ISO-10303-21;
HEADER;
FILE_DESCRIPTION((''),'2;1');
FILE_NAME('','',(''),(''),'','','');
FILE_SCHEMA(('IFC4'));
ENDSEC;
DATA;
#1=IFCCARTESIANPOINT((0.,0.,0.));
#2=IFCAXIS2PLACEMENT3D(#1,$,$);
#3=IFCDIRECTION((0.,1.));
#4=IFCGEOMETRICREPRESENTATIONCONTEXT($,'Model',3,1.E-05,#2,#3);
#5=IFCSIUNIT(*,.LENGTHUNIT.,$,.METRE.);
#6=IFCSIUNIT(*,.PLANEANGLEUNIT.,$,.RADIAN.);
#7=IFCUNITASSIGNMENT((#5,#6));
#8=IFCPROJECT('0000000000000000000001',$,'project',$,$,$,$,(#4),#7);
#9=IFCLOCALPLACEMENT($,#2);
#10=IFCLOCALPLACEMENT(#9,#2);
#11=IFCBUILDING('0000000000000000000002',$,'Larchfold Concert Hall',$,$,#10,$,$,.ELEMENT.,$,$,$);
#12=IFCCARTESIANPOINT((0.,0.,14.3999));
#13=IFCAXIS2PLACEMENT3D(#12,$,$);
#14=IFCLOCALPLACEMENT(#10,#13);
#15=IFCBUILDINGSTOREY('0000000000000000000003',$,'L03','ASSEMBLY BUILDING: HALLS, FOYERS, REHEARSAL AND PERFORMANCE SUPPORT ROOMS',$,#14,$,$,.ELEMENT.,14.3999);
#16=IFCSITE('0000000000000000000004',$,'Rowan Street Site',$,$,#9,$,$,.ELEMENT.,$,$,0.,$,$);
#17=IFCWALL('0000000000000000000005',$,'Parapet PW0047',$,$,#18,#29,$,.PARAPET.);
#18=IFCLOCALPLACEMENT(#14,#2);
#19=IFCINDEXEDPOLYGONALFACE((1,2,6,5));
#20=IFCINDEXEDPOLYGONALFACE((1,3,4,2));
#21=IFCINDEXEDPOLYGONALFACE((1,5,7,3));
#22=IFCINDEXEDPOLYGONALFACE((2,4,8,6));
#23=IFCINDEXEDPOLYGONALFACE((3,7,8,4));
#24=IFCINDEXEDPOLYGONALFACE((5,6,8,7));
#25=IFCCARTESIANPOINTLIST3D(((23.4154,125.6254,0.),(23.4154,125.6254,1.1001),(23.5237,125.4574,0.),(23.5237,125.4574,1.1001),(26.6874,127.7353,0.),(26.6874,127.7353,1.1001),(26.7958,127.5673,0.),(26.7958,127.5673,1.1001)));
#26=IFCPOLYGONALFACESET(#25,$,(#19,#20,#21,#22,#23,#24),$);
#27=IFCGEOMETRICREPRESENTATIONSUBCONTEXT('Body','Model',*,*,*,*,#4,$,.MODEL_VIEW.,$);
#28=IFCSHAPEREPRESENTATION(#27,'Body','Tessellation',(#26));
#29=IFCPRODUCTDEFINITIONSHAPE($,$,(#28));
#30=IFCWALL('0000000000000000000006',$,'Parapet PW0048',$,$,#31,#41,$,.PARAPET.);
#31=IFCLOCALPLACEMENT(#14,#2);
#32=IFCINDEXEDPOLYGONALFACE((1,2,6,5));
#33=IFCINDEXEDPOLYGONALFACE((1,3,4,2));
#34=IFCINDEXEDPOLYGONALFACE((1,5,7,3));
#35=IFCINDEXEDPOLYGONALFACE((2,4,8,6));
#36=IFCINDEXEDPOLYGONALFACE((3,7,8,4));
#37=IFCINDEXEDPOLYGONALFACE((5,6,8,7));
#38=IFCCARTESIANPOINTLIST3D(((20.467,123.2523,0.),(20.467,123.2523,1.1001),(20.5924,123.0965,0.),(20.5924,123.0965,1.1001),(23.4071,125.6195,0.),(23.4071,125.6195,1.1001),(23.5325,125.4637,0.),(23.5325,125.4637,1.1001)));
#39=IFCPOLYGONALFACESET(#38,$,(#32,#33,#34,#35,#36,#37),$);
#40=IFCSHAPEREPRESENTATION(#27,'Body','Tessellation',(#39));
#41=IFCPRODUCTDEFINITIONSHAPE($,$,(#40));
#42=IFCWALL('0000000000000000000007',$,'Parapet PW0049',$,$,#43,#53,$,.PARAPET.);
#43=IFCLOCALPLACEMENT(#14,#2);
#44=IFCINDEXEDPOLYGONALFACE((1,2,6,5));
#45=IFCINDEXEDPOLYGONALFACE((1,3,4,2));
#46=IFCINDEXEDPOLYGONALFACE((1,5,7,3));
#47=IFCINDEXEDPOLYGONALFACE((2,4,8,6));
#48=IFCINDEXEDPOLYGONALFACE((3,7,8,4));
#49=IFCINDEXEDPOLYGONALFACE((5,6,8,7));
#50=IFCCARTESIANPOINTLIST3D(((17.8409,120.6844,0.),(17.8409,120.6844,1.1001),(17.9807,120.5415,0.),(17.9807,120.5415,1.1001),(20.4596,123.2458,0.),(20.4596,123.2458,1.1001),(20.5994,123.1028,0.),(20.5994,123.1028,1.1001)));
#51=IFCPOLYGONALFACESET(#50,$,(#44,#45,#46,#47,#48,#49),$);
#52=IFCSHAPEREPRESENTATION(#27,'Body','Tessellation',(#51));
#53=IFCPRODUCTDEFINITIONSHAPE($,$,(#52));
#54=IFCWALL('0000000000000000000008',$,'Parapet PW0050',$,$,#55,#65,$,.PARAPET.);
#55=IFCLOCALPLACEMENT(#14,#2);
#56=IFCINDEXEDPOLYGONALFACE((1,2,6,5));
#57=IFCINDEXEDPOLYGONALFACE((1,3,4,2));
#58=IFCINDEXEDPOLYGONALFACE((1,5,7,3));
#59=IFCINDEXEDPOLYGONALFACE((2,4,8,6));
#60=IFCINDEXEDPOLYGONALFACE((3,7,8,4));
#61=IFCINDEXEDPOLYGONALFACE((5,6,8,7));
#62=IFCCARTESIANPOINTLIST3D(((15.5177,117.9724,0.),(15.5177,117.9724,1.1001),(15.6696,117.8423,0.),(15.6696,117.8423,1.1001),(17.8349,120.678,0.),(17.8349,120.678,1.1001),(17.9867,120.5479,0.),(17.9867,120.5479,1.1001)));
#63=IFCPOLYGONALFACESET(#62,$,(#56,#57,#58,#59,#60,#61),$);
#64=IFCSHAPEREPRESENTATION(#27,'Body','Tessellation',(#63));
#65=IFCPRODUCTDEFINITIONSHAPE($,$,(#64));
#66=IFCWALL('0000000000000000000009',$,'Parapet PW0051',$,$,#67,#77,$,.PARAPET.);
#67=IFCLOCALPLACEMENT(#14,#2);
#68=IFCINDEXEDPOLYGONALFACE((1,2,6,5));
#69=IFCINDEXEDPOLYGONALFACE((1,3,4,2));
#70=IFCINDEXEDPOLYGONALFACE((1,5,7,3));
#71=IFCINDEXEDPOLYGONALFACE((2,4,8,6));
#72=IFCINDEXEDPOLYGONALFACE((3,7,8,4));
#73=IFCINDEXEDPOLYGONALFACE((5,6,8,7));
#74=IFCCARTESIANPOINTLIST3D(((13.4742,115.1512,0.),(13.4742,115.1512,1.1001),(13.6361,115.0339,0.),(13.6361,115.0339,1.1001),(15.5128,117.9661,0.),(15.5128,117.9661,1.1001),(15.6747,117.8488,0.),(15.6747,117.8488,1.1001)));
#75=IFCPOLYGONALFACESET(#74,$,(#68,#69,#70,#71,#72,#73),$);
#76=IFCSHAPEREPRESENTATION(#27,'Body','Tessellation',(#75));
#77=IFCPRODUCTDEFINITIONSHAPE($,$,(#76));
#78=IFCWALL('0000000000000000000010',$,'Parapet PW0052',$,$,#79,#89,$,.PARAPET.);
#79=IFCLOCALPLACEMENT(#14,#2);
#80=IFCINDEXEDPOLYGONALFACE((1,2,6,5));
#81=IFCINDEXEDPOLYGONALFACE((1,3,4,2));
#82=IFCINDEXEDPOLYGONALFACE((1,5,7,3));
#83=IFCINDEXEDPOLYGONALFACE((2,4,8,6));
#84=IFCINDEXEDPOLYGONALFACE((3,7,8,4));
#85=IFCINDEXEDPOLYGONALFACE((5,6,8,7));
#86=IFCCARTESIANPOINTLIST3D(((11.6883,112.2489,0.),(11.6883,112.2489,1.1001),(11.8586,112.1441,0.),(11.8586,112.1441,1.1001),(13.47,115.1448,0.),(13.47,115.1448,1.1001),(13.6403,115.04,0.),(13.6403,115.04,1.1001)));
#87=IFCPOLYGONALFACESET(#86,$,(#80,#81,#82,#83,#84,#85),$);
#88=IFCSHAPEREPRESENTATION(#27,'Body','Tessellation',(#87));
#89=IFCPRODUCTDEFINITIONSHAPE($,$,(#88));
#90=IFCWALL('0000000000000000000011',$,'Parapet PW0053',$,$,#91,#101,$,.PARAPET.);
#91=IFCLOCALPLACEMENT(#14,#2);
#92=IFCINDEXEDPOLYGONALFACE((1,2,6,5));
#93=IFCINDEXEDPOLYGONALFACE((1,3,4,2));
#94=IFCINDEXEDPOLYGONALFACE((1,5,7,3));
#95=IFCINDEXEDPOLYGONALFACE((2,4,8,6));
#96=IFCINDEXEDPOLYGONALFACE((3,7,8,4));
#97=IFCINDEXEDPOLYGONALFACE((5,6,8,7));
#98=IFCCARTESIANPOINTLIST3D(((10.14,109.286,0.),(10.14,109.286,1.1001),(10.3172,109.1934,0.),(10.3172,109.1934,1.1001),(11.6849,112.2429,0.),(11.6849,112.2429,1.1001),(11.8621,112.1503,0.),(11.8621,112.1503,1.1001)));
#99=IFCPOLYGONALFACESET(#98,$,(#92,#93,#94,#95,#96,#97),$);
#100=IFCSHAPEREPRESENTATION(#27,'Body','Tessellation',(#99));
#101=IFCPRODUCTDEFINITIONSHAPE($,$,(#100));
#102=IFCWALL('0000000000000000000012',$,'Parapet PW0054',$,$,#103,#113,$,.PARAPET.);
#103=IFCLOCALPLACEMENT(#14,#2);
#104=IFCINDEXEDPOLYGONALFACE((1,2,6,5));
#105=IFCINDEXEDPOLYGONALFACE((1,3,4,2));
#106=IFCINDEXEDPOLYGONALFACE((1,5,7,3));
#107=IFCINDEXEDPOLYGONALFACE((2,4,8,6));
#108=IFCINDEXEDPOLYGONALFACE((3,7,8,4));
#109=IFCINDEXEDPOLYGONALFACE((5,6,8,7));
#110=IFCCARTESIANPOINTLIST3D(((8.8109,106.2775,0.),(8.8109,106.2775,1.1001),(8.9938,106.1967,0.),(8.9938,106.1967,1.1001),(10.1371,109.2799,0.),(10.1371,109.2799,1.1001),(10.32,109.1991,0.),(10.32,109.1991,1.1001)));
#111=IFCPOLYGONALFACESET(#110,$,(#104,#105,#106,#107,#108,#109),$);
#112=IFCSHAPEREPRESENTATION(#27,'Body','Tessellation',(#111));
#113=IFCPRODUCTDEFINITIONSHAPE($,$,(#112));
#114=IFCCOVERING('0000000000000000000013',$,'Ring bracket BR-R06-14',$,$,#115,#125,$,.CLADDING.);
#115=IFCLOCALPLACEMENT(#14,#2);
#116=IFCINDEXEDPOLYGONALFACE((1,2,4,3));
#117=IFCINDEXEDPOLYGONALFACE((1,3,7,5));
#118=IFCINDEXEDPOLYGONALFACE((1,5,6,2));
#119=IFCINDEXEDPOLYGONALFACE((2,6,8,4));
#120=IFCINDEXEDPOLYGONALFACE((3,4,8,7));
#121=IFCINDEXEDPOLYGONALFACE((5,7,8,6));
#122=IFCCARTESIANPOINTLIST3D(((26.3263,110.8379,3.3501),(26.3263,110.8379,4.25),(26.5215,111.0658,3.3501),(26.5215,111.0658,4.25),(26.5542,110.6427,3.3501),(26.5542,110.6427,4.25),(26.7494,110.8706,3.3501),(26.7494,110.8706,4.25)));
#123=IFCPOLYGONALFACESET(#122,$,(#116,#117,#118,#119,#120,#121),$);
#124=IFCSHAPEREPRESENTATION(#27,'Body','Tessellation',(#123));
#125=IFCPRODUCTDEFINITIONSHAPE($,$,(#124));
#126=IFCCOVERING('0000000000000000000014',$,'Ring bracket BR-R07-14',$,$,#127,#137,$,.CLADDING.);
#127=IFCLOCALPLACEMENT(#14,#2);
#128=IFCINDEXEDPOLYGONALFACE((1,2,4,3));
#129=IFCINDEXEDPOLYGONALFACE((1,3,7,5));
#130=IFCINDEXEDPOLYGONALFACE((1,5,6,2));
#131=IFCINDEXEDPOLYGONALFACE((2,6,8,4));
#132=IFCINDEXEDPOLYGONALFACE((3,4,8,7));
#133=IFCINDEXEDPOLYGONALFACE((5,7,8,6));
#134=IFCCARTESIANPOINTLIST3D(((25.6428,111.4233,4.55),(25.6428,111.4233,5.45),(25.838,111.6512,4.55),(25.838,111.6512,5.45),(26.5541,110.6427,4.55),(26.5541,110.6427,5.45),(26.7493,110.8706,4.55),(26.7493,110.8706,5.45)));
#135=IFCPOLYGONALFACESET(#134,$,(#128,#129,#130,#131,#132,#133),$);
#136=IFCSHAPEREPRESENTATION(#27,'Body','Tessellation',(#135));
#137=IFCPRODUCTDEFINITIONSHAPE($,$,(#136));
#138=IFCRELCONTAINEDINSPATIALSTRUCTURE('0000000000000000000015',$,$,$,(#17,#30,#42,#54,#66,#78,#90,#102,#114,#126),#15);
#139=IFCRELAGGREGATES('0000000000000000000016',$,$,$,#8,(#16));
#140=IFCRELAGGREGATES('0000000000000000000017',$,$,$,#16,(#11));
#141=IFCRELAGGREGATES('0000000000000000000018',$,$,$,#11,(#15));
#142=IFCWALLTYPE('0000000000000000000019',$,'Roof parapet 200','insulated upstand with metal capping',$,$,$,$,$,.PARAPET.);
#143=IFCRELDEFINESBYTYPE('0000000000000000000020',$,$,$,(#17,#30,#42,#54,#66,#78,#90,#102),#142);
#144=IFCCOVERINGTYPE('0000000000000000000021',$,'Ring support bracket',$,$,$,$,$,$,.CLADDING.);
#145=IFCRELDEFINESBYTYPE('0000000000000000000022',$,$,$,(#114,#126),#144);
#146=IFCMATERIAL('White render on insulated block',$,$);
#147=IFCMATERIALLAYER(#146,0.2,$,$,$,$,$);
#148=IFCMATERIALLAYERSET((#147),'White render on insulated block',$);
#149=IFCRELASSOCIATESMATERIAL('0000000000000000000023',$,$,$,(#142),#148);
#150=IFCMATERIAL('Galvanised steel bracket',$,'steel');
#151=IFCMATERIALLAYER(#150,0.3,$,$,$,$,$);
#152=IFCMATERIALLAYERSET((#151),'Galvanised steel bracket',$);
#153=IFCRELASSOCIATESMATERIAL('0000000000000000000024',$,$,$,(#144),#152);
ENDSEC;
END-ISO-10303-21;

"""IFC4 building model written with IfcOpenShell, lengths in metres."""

from ifc_helpers import new_model, si_unit, direction, frame, frame_2d, origin, origin_2d, place, context, subcontext, project, spatial, rectangle, extrude, material, layer, layer_set, type_object, element, save


model = new_model("IFC4")

# Units and contexts
model_context = context("Model", 3, precision=1e-05, world=origin(), true_north=direction((0.0, 1.0)))
body_context = subcontext(model_context, "Body", "Model", "MODEL_VIEW")
ifc_project = project(units=[si_unit("LENGTHUNIT", "METRE"), si_unit("PLANEANGLEUNIT", "RADIAN")], contexts=[model_context])

# Site, building, storey
site_placement = place(None, origin())
site = spatial("IfcSite", under=ifc_project, at=site_placement, Name="Rowan Street Site", CompositionType="ELEMENT", RefElevation=0.0)
building_placement = place(site_placement, origin())
building = spatial("IfcBuilding", under=site, at=building_placement, Name="Larchfold Concert Hall", CompositionType="ELEMENT")
storey_placement = place(building_placement, frame((0.0, 0.0, 14.3999)))
storey = spatial("IfcBuildingStorey", under=building, at=storey_placement, Name="L03", Description="ASSEMBLY BUILDING: HALLS, FOYERS, REHEARSAL AND PERFORMANCE SUPPORT ROOMS", CompositionType="ELEMENT", Elevation=14.3999)

# Walls
ifc_material_1 = material(Name="White render on insulated block")
ifc_layer_1 = layer(ifc_material_1, 0.2)
ifc_layer_set_1 = layer_set([ifc_layer_1], Name="White render on insulated block")
wall_type_1 = type_object("IfcWallType", Name="Roof parapet 200", Description="insulated upstand with metal capping", PredefinedType="PARAPET", material=ifc_layer_set_1)
wall_1_placement = place(storey_placement, frame((26.7417, 127.6514, 0.0), z_axis=(0.0, 0.0, 1.0), x_axis=(-0.840424, -0.54193, 0.0)))
element("IfcWall", 1, at=wall_1_placement, inside=storey, type_object=wall_type_1, Name="Parapet PW0047", PredefinedType="PARAPET", context=body_context, shape_type="SweptSolid", body=[
    extrude(rectangle(XDim=3.8933, YDim=0.2, at=frame_2d((1.9468, 0.0))), origin(), (0.0, 0.0, 1.0), 1.1001),
])
wall_2_placement = place(storey_placement, frame((23.4697, 125.5415, 0.0), z_axis=(0.0, 0.0, 1.0), x_axis=(-0.778922, -0.627121, 0.0)))
element("IfcWall", 2, at=wall_2_placement, inside=storey, type_object=wall_type_1, Name="Parapet PW0048", PredefinedType="PARAPET", context=body_context, shape_type="SweptSolid", body=[
    extrude(rectangle(XDim=3.7747, YDim=0.2, at=frame_2d((1.8872, 0.0))), origin(), (0.0, 0.0, 1.0), 1.1001),
])
wall_3_placement = place(storey_placement, frame((20.5295, 123.1743, 0.0), z_axis=(0.0, 0.0, 1.0), x_axis=(-0.714895, -0.699232, 0.0)))
element("IfcWall", 3, at=wall_3_placement, inside=storey, type_object=wall_type_1, Name="Parapet PW0049", PredefinedType="PARAPET", context=body_context, shape_type="SweptSolid", body=[
    extrude(rectangle(XDim=3.6631, YDim=0.2, at=frame_2d((1.8315, 0.0))), origin(), (0.0, 0.0, 1.0), 1.1001),
])
wall_4_placement = place(storey_placement, frame((17.9109, 120.613, 0.0), z_axis=(0.0, 0.0, 1.0), x_axis=(-0.650481, -0.759523, 0.0)))
element("IfcWall", 4, at=wall_4_placement, inside=storey, type_object=wall_type_1, Name="Parapet PW0050", PredefinedType="PARAPET", context=body_context, shape_type="SweptSolid", body=[
    extrude(rectangle(XDim=3.5623, YDim=0.2, at=frame_2d((1.7812, 0.0))), origin(), (0.0, 0.0, 1.0), 1.1001),
])
wall_5_placement = place(storey_placement, frame((15.5938, 117.9075, 0.0), z_axis=(0.0, 0.0, 1.0), x_axis=(-0.586542, -0.809919, 0.0)))
element("IfcWall", 5, at=wall_5_placement, inside=storey, type_object=wall_type_1, Name="Parapet PW0051", PredefinedType="PARAPET", context=body_context, shape_type="SweptSolid", body=[
    extrude(rectangle(XDim=3.4756, YDim=0.2, at=frame_2d((1.7378, 0.0))), origin(), (0.0, 0.0, 1.0), 1.1001),
])
wall_6_placement = place(storey_placement, frame((13.5552, 115.0925, 0.0), z_axis=(0.0, 0.0, 1.0), x_axis=(-0.524009, -0.851713, 0.0)))
element("IfcWall", 6, at=wall_6_placement, inside=storey, type_object=wall_type_1, Name="Parapet PW0052", PredefinedType="PARAPET", context=body_context, shape_type="SweptSolid", body=[
    extrude(rectangle(XDim=3.4001, YDim=0.2, at=frame_2d((1.7002, 0.0))), origin(), (0.0, 0.0, 1.0), 1.1001),
])
wall_7_placement = place(storey_placement, frame((11.7734, 112.1965, 0.0), z_axis=(0.0, 0.0, 1.0), x_axis=(-0.463066, -0.886324, 0.0)))
element("IfcWall", 7, at=wall_7_placement, inside=storey, type_object=wall_type_1, Name="Parapet PW0053", PredefinedType="PARAPET", context=body_context, shape_type="SweptSolid", body=[
    extrude(rectangle(XDim=3.3362, YDim=0.2, at=frame_2d((1.668, 0.0))), origin(), (0.0, 0.0, 1.0), 1.1001),
])
wall_8_placement = place(storey_placement, frame((10.2285, 109.2395, 0.0), z_axis=(0.0, 0.0, 1.0), x_axis=(-0.404039, -0.914742, 0.0)))
element("IfcWall", 8, at=wall_8_placement, inside=storey, type_object=wall_type_1, Name="Parapet PW0054", PredefinedType="PARAPET", context=body_context, shape_type="SweptSolid", body=[
    extrude(rectangle(XDim=3.2822, YDim=0.2, at=frame_2d((1.6411, 0.0))), origin(), (0.0, 0.0, 1.0), 1.1001),
])

# Coverings
ifc_material_2 = material(Name="Galvanised steel bracket", Category="steel")
ifc_layer_2 = layer(ifc_material_2, 0.3)
ifc_layer_set_2 = layer_set([ifc_layer_2], Name="Galvanised steel bracket")
covering_type = type_object("IfcCoveringType", Name="Ring support bracket", PredefinedType="CLADDING", material=ifc_layer_set_2)
covering_1_placement = place(storey_placement, frame((26.5378, 110.8542, 3.3501), z_axis=(0.0, 0.0, 1.0), x_axis=(-0.759502, 0.650505, 0.0)))
element("IfcCovering", 9, at=covering_1_placement, inside=storey, type_object=covering_type, Name="Ring bracket BR-R06-14", PredefinedType="CLADDING", context=body_context, shape_type="SweptSolid", body=[
    extrude(rectangle(XDim=0.3, YDim=0.3, at=origin_2d()), origin(), (0.0, 0.0, 1.0), 0.8999),
])
covering_2_placement = place(storey_placement, frame((26.196, 111.147, 4.55), z_axis=(0.0, 0.0, 1.0), x_axis=(-0.759502, 0.650505, 0.0)))
element("IfcCovering", 10, at=covering_2_placement, inside=storey, type_object=covering_type, Name="Ring bracket BR-R07-14", PredefinedType="CLADDING", context=body_context, shape_type="SweptSolid", body=[
    extrude(rectangle(XDim=1.2, YDim=0.3, at=origin_2d()), origin(), (0.0, 0.0, 1.0), 0.8999),
])

save(model, "model.ifc")
